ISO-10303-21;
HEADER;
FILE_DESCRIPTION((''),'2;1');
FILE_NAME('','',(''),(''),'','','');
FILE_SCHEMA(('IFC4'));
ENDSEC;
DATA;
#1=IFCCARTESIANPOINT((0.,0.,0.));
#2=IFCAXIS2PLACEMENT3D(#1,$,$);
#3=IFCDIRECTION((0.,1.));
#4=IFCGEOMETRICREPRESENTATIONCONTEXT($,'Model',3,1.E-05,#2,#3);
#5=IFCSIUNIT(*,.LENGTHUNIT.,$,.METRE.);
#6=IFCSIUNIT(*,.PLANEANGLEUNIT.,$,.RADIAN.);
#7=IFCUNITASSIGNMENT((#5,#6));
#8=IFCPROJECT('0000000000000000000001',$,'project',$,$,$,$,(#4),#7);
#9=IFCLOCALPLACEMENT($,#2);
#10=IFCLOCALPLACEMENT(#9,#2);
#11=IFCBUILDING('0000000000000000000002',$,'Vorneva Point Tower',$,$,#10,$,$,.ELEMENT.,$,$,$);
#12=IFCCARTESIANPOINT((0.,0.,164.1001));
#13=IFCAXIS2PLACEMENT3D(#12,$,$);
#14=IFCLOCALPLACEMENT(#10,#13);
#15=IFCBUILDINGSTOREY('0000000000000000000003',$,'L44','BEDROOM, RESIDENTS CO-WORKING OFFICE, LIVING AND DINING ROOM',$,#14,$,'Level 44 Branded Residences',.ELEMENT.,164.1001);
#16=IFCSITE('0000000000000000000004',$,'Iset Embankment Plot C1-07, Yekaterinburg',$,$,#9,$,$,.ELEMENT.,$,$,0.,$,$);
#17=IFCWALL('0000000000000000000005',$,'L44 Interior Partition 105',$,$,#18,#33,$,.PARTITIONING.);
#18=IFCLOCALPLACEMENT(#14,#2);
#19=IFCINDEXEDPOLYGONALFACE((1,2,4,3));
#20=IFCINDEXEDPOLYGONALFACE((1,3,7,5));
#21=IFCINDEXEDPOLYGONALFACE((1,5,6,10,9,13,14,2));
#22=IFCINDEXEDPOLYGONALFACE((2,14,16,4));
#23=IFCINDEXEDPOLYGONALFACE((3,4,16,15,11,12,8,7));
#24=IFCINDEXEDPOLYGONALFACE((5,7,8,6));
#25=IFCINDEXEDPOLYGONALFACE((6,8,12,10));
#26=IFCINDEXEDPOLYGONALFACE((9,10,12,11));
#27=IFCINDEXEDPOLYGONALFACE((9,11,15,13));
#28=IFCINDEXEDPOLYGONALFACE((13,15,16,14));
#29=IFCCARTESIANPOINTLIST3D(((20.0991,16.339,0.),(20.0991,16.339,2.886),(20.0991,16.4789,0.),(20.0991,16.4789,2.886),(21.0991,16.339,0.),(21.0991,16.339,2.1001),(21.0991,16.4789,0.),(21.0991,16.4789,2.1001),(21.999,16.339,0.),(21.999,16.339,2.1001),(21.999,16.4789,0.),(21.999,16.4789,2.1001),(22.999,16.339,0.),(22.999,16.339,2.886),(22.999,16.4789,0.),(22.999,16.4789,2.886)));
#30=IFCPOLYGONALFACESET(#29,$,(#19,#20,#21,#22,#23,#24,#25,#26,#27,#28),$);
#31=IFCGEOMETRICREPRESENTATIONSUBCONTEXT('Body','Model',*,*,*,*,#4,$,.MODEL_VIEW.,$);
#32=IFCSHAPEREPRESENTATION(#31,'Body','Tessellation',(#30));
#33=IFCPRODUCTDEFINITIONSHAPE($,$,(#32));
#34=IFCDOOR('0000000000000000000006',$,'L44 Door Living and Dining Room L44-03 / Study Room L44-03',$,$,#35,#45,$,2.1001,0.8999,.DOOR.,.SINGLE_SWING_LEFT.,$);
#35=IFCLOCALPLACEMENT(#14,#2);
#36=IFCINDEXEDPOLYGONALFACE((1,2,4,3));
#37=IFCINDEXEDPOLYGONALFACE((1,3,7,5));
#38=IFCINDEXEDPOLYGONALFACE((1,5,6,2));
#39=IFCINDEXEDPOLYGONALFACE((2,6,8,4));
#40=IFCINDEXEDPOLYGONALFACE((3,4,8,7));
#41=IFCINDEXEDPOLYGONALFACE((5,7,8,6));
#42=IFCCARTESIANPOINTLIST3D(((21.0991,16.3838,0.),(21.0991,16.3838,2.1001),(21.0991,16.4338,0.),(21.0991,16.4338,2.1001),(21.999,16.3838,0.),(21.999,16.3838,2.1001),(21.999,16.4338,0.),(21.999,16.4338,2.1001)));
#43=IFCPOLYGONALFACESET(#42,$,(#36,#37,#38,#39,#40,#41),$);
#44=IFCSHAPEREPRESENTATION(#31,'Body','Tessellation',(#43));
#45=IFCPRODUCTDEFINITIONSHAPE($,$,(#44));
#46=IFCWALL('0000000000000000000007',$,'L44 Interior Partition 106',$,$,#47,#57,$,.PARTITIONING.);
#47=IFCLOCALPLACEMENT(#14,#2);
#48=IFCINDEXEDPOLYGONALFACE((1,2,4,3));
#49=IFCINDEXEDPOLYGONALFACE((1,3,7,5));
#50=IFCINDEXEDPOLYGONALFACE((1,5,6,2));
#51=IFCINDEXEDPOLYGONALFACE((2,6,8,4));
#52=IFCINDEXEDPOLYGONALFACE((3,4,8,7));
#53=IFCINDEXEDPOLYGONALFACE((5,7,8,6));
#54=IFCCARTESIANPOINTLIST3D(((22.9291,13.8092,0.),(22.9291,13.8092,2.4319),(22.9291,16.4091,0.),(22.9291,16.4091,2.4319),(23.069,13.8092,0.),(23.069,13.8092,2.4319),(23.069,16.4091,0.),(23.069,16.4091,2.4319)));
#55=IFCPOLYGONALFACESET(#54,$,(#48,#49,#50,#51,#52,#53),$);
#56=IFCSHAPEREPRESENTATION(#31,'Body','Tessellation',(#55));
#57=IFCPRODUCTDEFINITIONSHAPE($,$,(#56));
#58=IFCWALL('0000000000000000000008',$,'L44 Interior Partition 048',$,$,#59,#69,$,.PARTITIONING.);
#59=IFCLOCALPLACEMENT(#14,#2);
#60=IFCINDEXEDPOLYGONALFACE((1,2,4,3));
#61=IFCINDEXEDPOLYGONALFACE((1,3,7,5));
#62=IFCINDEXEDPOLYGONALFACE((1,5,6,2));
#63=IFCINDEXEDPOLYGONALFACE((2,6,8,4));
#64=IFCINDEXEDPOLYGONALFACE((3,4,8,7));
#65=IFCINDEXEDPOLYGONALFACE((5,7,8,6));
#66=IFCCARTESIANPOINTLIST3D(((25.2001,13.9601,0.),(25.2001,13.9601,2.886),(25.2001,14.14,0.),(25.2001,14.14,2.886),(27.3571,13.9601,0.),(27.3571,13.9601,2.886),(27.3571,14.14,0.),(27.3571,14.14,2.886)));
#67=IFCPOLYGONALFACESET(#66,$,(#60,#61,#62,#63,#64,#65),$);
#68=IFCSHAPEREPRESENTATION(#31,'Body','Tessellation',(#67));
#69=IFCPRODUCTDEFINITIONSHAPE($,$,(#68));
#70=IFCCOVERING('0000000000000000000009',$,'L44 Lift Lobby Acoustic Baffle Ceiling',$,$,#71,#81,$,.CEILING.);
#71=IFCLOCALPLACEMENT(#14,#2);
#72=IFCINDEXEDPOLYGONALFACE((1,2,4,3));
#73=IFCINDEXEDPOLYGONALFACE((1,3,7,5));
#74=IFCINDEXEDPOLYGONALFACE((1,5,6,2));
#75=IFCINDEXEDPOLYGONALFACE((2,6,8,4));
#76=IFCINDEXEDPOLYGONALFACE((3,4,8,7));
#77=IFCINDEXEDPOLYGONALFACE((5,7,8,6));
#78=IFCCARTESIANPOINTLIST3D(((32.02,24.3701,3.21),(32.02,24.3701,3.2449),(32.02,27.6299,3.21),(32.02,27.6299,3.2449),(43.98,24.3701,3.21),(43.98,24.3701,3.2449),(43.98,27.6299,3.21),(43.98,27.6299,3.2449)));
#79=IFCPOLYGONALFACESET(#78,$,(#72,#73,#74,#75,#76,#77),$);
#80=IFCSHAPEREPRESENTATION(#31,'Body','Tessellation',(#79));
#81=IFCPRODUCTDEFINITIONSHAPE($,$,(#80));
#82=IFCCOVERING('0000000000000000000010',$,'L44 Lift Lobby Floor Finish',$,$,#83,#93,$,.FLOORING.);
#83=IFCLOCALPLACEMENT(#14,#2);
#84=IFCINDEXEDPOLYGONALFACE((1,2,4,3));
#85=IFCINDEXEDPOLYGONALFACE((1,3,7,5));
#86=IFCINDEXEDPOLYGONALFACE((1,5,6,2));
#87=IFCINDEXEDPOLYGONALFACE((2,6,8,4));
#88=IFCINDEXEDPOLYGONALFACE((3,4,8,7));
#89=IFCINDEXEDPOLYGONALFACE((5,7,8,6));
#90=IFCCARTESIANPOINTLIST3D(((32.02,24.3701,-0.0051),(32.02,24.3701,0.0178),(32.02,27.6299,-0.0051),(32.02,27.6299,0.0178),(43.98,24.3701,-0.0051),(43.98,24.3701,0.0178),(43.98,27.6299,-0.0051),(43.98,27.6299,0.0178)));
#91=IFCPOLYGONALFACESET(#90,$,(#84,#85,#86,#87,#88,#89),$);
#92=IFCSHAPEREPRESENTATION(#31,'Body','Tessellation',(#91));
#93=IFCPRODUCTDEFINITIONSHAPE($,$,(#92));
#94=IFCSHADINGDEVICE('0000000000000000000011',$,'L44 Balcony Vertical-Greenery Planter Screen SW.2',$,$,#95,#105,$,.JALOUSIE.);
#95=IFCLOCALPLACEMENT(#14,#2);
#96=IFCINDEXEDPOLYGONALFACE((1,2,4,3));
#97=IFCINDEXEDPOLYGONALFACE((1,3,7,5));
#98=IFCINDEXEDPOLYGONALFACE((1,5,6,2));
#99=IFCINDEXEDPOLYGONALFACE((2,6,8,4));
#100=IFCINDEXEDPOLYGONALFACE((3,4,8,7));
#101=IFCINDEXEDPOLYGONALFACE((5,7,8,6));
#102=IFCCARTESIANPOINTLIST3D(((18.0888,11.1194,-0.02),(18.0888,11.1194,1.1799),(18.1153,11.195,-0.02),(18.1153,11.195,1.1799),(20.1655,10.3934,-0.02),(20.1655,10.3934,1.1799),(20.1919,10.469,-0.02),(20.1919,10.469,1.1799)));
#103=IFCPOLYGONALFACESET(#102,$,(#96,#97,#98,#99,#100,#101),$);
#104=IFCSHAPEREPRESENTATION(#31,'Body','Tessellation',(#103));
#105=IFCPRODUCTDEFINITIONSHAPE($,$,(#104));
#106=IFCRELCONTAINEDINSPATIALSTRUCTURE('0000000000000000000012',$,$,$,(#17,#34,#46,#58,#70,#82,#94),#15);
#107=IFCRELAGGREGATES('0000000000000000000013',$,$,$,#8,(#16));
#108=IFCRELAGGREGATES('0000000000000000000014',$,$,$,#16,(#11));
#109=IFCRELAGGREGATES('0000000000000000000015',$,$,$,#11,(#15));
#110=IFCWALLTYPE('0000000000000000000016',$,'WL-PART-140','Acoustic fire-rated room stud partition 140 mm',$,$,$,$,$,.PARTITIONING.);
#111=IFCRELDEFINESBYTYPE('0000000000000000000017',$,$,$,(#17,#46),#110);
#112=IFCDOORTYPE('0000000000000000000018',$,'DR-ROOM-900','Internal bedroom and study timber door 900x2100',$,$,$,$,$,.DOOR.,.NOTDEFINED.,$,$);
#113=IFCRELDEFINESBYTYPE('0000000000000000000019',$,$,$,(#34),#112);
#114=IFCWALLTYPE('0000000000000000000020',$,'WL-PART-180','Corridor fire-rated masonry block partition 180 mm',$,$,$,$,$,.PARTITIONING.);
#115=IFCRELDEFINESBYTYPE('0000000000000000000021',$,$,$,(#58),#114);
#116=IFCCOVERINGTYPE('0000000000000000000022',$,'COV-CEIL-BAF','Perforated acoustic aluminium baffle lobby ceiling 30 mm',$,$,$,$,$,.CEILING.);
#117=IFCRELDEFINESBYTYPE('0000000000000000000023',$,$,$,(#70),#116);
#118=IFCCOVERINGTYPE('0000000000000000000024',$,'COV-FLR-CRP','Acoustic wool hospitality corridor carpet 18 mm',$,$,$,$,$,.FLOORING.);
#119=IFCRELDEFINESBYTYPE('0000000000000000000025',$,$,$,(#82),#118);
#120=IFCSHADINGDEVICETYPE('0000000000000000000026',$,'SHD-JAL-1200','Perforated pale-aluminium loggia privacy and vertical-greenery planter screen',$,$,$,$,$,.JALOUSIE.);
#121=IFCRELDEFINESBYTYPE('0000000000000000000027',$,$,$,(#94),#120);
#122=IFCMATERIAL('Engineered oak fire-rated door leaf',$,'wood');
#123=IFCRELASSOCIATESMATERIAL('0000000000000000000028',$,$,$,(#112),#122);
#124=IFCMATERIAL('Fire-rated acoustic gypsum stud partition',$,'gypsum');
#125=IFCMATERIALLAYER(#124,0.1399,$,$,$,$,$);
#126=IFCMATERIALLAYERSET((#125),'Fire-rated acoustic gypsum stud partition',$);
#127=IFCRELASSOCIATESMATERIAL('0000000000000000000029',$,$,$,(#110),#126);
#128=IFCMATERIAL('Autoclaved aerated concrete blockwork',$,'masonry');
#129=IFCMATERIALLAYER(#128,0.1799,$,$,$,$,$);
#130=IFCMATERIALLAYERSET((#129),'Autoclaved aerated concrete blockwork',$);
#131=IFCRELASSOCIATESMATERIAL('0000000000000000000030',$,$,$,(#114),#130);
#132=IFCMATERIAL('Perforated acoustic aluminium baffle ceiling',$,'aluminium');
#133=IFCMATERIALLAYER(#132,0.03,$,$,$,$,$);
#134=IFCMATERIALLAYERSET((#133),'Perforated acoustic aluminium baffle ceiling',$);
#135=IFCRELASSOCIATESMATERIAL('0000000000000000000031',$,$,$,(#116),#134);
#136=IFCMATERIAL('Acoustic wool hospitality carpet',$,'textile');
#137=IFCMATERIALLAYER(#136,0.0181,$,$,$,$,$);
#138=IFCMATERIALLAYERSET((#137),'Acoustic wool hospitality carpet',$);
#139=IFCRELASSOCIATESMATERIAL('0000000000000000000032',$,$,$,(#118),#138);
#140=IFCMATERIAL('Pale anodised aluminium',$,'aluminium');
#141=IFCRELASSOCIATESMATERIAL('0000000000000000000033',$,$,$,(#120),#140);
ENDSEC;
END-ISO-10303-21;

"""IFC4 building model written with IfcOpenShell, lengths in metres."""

from ifc_helpers import new_model, si_unit, direction, frame, frame_2d, origin, origin_2d, place, context, subcontext, project, spatial, polyline, rectangle, outline, extrude, material, layer, layer_set, type_object, element, fill, save


model = new_model("IFC4")

# Units and contexts
model_context = context("Model", 3, precision=1e-05, world=origin(), true_north=direction((0.0, 1.0)))
body_context = subcontext(model_context, "Body", "Model", "MODEL_VIEW")
ifc_project = project(units=[si_unit("LENGTHUNIT", "METRE"), si_unit("PLANEANGLEUNIT", "RADIAN")], contexts=[model_context])

# Site, building, storey
site_placement = place(None, origin())
site = spatial("IfcSite", under=ifc_project, at=site_placement, Name="Iset Embankment Plot C1-07, Yekaterinburg", CompositionType="ELEMENT", RefElevation=0.0)
building_placement = place(site_placement, origin())
building = spatial("IfcBuilding", under=site, at=building_placement, Name="Vorneva Point Tower", CompositionType="ELEMENT")
storey_placement = place(building_placement, frame((0.0, 0.0, 164.1001)))
storey = spatial("IfcBuildingStorey", under=building, at=storey_placement, Name="L44", Description="BEDROOM, RESIDENTS CO-WORKING OFFICE, LIVING AND DINING ROOM", LongName="Level 44 Branded Residences", CompositionType="ELEMENT", Elevation=164.1001)

# Shared definitions
ifc_material_1 = material(Name="Pale anodised aluminium", Category="aluminium")

# Shared definitions
ifc_material_2 = material(Name="Fire-rated acoustic gypsum stud partition", Category="gypsum")
ifc_material_3 = material(Name="Engineered oak fire-rated door leaf", Category="wood")
door_type_1 = type_object("IfcDoorType", Name="DR-ROOM-900", Description="Internal bedroom and study timber door 900x2100", OperationType="NOTDEFINED", PredefinedType="DOOR", material=ifc_material_3)

# Shared definitions
ifc_layer_1 = layer(ifc_material_2, 0.1399)
ifc_layer_set_1 = layer_set([ifc_layer_1], Name="Fire-rated acoustic gypsum stud partition")
wall_type_1 = type_object("IfcWallType", Name="WL-PART-140", Description="Acoustic fire-rated room stud partition 140 mm", PredefinedType="PARTITIONING", material=ifc_layer_set_1)

# Wall, opening, door
wall_1_placement = place(storey_placement, frame((20.0991, 16.4089, 0.0), z_axis=(0.0, 0.0, 1.0), x_axis=(1.0, 0.0, 0.0)))
wall_1 = element("IfcWall", 1, at=wall_1_placement, inside=storey, type_object=wall_type_1, Name="L44 Interior Partition 105", PredefinedType="PARTITIONING", context=body_context, shape_type="SweptSolid", body=[
    extrude(rectangle(XDim=2.8999, YDim=0.1399, at=frame_2d((1.45, 0.0))), origin(), (0.0, 0.0, 1.0), 2.886),
])
opening_1_placement = place(wall_1_placement, frame((1.0, 0.0, 0.0)))
opening_1 = element("IfcOpeningElement", 2, at=opening_1_placement, cuts=wall_1, PredefinedType="OPENING", context=body_context, shape_type="SweptSolid", body=[
    extrude(rectangle(XDim=0.8999, YDim=2.1001, at=frame_2d((0.45, 1.05))), frame((0.0, 0.085, 0.0), z_axis=(0.0, -1.0, 0.0), x_axis=(1.0, 0.0, 0.0)), (0.0, 0.0, 1.0), 0.1697),
])
door_1_placement = place(opening_1_placement, origin())
door_1 = element("IfcDoor", 3, at=door_1_placement, inside=storey, type_object=door_type_1, Name="L44 Door Living and Dining Room L44-03 / Study Room L44-03", OperationType="SINGLE_SWING_LEFT", OverallHeight=2.1001, OverallWidth=0.8999, PredefinedType="DOOR", context=body_context, shape_type="SweptSolid", body=[
    extrude(rectangle(XDim=0.8999, YDim=2.1001, at=frame_2d((0.45, 1.05))), frame((0.0, 0.0249, 0.0), z_axis=(0.0, -1.0, 0.0), x_axis=(1.0, 0.0, 0.0)), (0.0, 0.0, 1.0), 0.05),
])
fill(opening_1, door_1)

# Walls
wall_2_placement = place(storey_placement, frame((22.999, 16.4089, 0.0), z_axis=(0.0, 0.0, 1.0), x_axis=(0.0, -1.0, 0.0)))
element("IfcWall", 4, at=wall_2_placement, inside=storey, type_object=wall_type_1, Name="L44 Interior Partition 106", PredefinedType="PARTITIONING", context=body_context, shape_type="SweptSolid", body=[
    extrude(rectangle(XDim=2.5999, YDim=0.1399, at=frame_2d((1.2998, 0.0))), origin(), (0.0, 0.0, 1.0), 2.4319),
])
ifc_material_4 = material(Name="Autoclaved aerated concrete blockwork", Category="masonry")
ifc_layer_2 = layer(ifc_material_4, 0.1799)
ifc_layer_set_2 = layer_set([ifc_layer_2], Name="Autoclaved aerated concrete blockwork")
wall_type_2 = type_object("IfcWallType", Name="WL-PART-180", Description="Corridor fire-rated masonry block partition 180 mm", PredefinedType="PARTITIONING", material=ifc_layer_set_2)
wall_3_placement = place(storey_placement, frame((25.2, 14.05, 0.0), z_axis=(0.0, 0.0, 1.0), x_axis=(1.0, 0.0, 0.0)))
element("IfcWall", 5, at=wall_3_placement, inside=storey, type_object=wall_type_2, Name="L44 Interior Partition 048", PredefinedType="PARTITIONING", context=body_context, shape_type="SweptSolid", body=[
    extrude(rectangle(XDim=2.157, YDim=0.1799, at=frame_2d((1.0786, 0.0))), origin(), (0.0, 0.0, 1.0), 2.886),
])

# Coverings
ifc_material_5 = material(Name="Perforated acoustic aluminium baffle ceiling", Category="aluminium")
ifc_layer_3 = layer(ifc_material_5, 0.03)
ifc_layer_set_3 = layer_set([ifc_layer_3], Name="Perforated acoustic aluminium baffle ceiling")
covering_type_1 = type_object("IfcCoveringType", Name="COV-CEIL-BAF", Description="Perforated acoustic aluminium baffle lobby ceiling 30 mm", PredefinedType="CEILING", material=ifc_layer_set_3)
covering_1_placement = place(storey_placement, frame((0.0, 0.0, 3.21)))
element("IfcCovering", 6, at=covering_1_placement, inside=storey, type_object=covering_type_1, Name="L44 Lift Lobby Acoustic Baffle Ceiling", PredefinedType="CEILING", context=body_context, shape_type="SweptSolid", body=[
    extrude(outline(polyline([(32.02, 24.3701), (43.98, 24.3701), (43.98, 27.6299), (32.02, 27.6299), (32.02, 24.3701)])), origin(), (0.0, 0.0, 1.0), 0.0349),
])
ifc_material_6 = material(Name="Acoustic wool hospitality carpet", Category="textile")
ifc_layer_4 = layer(ifc_material_6, 0.0181)
ifc_layer_set_4 = layer_set([ifc_layer_4], Name="Acoustic wool hospitality carpet")
covering_type_2 = type_object("IfcCoveringType", Name="COV-FLR-CRP", Description="Acoustic wool hospitality corridor carpet 18 mm", PredefinedType="FLOORING", material=ifc_layer_set_4)
covering_2_placement = place(storey_placement, frame((0.0, 0.0, -0.0051)))
element("IfcCovering", 7, at=covering_2_placement, inside=storey, type_object=covering_type_2, Name="L44 Lift Lobby Floor Finish", PredefinedType="FLOORING", context=body_context, shape_type="SweptSolid", body=[
    extrude(outline(polyline([(32.02, 24.3701), (43.98, 24.3701), (43.98, 27.6299), (32.02, 27.6299), (32.02, 24.3701)])), origin(), (0.0, 0.0, 1.0), 0.0229),
])

# Shading device
shading_device_type = type_object("IfcShadingDeviceType", Name="SHD-JAL-1200", Description="Perforated pale-aluminium loggia privacy and vertical-greenery planter screen", PredefinedType="JALOUSIE", material=ifc_material_1)
shading_device_placement = place(storey_placement, frame((19.1404, 10.7942, -0.02), z_axis=(0.0, 0.0, 1.0), x_axis=(0.943968, -0.330037, 0.0)))
element("IfcShadingDevice", 8, at=shading_device_placement, inside=storey, type_object=shading_device_type, Name="L44 Balcony Vertical-Greenery Planter Screen SW.2", PredefinedType="JALOUSIE", context=body_context, shape_type="SweptSolid", body=[
    extrude(rectangle(XDim=2.2, YDim=0.0801, at=origin_2d()), origin(), (0.0, 0.0, 1.0), 1.2),
])

save(model, "model.ifc")
